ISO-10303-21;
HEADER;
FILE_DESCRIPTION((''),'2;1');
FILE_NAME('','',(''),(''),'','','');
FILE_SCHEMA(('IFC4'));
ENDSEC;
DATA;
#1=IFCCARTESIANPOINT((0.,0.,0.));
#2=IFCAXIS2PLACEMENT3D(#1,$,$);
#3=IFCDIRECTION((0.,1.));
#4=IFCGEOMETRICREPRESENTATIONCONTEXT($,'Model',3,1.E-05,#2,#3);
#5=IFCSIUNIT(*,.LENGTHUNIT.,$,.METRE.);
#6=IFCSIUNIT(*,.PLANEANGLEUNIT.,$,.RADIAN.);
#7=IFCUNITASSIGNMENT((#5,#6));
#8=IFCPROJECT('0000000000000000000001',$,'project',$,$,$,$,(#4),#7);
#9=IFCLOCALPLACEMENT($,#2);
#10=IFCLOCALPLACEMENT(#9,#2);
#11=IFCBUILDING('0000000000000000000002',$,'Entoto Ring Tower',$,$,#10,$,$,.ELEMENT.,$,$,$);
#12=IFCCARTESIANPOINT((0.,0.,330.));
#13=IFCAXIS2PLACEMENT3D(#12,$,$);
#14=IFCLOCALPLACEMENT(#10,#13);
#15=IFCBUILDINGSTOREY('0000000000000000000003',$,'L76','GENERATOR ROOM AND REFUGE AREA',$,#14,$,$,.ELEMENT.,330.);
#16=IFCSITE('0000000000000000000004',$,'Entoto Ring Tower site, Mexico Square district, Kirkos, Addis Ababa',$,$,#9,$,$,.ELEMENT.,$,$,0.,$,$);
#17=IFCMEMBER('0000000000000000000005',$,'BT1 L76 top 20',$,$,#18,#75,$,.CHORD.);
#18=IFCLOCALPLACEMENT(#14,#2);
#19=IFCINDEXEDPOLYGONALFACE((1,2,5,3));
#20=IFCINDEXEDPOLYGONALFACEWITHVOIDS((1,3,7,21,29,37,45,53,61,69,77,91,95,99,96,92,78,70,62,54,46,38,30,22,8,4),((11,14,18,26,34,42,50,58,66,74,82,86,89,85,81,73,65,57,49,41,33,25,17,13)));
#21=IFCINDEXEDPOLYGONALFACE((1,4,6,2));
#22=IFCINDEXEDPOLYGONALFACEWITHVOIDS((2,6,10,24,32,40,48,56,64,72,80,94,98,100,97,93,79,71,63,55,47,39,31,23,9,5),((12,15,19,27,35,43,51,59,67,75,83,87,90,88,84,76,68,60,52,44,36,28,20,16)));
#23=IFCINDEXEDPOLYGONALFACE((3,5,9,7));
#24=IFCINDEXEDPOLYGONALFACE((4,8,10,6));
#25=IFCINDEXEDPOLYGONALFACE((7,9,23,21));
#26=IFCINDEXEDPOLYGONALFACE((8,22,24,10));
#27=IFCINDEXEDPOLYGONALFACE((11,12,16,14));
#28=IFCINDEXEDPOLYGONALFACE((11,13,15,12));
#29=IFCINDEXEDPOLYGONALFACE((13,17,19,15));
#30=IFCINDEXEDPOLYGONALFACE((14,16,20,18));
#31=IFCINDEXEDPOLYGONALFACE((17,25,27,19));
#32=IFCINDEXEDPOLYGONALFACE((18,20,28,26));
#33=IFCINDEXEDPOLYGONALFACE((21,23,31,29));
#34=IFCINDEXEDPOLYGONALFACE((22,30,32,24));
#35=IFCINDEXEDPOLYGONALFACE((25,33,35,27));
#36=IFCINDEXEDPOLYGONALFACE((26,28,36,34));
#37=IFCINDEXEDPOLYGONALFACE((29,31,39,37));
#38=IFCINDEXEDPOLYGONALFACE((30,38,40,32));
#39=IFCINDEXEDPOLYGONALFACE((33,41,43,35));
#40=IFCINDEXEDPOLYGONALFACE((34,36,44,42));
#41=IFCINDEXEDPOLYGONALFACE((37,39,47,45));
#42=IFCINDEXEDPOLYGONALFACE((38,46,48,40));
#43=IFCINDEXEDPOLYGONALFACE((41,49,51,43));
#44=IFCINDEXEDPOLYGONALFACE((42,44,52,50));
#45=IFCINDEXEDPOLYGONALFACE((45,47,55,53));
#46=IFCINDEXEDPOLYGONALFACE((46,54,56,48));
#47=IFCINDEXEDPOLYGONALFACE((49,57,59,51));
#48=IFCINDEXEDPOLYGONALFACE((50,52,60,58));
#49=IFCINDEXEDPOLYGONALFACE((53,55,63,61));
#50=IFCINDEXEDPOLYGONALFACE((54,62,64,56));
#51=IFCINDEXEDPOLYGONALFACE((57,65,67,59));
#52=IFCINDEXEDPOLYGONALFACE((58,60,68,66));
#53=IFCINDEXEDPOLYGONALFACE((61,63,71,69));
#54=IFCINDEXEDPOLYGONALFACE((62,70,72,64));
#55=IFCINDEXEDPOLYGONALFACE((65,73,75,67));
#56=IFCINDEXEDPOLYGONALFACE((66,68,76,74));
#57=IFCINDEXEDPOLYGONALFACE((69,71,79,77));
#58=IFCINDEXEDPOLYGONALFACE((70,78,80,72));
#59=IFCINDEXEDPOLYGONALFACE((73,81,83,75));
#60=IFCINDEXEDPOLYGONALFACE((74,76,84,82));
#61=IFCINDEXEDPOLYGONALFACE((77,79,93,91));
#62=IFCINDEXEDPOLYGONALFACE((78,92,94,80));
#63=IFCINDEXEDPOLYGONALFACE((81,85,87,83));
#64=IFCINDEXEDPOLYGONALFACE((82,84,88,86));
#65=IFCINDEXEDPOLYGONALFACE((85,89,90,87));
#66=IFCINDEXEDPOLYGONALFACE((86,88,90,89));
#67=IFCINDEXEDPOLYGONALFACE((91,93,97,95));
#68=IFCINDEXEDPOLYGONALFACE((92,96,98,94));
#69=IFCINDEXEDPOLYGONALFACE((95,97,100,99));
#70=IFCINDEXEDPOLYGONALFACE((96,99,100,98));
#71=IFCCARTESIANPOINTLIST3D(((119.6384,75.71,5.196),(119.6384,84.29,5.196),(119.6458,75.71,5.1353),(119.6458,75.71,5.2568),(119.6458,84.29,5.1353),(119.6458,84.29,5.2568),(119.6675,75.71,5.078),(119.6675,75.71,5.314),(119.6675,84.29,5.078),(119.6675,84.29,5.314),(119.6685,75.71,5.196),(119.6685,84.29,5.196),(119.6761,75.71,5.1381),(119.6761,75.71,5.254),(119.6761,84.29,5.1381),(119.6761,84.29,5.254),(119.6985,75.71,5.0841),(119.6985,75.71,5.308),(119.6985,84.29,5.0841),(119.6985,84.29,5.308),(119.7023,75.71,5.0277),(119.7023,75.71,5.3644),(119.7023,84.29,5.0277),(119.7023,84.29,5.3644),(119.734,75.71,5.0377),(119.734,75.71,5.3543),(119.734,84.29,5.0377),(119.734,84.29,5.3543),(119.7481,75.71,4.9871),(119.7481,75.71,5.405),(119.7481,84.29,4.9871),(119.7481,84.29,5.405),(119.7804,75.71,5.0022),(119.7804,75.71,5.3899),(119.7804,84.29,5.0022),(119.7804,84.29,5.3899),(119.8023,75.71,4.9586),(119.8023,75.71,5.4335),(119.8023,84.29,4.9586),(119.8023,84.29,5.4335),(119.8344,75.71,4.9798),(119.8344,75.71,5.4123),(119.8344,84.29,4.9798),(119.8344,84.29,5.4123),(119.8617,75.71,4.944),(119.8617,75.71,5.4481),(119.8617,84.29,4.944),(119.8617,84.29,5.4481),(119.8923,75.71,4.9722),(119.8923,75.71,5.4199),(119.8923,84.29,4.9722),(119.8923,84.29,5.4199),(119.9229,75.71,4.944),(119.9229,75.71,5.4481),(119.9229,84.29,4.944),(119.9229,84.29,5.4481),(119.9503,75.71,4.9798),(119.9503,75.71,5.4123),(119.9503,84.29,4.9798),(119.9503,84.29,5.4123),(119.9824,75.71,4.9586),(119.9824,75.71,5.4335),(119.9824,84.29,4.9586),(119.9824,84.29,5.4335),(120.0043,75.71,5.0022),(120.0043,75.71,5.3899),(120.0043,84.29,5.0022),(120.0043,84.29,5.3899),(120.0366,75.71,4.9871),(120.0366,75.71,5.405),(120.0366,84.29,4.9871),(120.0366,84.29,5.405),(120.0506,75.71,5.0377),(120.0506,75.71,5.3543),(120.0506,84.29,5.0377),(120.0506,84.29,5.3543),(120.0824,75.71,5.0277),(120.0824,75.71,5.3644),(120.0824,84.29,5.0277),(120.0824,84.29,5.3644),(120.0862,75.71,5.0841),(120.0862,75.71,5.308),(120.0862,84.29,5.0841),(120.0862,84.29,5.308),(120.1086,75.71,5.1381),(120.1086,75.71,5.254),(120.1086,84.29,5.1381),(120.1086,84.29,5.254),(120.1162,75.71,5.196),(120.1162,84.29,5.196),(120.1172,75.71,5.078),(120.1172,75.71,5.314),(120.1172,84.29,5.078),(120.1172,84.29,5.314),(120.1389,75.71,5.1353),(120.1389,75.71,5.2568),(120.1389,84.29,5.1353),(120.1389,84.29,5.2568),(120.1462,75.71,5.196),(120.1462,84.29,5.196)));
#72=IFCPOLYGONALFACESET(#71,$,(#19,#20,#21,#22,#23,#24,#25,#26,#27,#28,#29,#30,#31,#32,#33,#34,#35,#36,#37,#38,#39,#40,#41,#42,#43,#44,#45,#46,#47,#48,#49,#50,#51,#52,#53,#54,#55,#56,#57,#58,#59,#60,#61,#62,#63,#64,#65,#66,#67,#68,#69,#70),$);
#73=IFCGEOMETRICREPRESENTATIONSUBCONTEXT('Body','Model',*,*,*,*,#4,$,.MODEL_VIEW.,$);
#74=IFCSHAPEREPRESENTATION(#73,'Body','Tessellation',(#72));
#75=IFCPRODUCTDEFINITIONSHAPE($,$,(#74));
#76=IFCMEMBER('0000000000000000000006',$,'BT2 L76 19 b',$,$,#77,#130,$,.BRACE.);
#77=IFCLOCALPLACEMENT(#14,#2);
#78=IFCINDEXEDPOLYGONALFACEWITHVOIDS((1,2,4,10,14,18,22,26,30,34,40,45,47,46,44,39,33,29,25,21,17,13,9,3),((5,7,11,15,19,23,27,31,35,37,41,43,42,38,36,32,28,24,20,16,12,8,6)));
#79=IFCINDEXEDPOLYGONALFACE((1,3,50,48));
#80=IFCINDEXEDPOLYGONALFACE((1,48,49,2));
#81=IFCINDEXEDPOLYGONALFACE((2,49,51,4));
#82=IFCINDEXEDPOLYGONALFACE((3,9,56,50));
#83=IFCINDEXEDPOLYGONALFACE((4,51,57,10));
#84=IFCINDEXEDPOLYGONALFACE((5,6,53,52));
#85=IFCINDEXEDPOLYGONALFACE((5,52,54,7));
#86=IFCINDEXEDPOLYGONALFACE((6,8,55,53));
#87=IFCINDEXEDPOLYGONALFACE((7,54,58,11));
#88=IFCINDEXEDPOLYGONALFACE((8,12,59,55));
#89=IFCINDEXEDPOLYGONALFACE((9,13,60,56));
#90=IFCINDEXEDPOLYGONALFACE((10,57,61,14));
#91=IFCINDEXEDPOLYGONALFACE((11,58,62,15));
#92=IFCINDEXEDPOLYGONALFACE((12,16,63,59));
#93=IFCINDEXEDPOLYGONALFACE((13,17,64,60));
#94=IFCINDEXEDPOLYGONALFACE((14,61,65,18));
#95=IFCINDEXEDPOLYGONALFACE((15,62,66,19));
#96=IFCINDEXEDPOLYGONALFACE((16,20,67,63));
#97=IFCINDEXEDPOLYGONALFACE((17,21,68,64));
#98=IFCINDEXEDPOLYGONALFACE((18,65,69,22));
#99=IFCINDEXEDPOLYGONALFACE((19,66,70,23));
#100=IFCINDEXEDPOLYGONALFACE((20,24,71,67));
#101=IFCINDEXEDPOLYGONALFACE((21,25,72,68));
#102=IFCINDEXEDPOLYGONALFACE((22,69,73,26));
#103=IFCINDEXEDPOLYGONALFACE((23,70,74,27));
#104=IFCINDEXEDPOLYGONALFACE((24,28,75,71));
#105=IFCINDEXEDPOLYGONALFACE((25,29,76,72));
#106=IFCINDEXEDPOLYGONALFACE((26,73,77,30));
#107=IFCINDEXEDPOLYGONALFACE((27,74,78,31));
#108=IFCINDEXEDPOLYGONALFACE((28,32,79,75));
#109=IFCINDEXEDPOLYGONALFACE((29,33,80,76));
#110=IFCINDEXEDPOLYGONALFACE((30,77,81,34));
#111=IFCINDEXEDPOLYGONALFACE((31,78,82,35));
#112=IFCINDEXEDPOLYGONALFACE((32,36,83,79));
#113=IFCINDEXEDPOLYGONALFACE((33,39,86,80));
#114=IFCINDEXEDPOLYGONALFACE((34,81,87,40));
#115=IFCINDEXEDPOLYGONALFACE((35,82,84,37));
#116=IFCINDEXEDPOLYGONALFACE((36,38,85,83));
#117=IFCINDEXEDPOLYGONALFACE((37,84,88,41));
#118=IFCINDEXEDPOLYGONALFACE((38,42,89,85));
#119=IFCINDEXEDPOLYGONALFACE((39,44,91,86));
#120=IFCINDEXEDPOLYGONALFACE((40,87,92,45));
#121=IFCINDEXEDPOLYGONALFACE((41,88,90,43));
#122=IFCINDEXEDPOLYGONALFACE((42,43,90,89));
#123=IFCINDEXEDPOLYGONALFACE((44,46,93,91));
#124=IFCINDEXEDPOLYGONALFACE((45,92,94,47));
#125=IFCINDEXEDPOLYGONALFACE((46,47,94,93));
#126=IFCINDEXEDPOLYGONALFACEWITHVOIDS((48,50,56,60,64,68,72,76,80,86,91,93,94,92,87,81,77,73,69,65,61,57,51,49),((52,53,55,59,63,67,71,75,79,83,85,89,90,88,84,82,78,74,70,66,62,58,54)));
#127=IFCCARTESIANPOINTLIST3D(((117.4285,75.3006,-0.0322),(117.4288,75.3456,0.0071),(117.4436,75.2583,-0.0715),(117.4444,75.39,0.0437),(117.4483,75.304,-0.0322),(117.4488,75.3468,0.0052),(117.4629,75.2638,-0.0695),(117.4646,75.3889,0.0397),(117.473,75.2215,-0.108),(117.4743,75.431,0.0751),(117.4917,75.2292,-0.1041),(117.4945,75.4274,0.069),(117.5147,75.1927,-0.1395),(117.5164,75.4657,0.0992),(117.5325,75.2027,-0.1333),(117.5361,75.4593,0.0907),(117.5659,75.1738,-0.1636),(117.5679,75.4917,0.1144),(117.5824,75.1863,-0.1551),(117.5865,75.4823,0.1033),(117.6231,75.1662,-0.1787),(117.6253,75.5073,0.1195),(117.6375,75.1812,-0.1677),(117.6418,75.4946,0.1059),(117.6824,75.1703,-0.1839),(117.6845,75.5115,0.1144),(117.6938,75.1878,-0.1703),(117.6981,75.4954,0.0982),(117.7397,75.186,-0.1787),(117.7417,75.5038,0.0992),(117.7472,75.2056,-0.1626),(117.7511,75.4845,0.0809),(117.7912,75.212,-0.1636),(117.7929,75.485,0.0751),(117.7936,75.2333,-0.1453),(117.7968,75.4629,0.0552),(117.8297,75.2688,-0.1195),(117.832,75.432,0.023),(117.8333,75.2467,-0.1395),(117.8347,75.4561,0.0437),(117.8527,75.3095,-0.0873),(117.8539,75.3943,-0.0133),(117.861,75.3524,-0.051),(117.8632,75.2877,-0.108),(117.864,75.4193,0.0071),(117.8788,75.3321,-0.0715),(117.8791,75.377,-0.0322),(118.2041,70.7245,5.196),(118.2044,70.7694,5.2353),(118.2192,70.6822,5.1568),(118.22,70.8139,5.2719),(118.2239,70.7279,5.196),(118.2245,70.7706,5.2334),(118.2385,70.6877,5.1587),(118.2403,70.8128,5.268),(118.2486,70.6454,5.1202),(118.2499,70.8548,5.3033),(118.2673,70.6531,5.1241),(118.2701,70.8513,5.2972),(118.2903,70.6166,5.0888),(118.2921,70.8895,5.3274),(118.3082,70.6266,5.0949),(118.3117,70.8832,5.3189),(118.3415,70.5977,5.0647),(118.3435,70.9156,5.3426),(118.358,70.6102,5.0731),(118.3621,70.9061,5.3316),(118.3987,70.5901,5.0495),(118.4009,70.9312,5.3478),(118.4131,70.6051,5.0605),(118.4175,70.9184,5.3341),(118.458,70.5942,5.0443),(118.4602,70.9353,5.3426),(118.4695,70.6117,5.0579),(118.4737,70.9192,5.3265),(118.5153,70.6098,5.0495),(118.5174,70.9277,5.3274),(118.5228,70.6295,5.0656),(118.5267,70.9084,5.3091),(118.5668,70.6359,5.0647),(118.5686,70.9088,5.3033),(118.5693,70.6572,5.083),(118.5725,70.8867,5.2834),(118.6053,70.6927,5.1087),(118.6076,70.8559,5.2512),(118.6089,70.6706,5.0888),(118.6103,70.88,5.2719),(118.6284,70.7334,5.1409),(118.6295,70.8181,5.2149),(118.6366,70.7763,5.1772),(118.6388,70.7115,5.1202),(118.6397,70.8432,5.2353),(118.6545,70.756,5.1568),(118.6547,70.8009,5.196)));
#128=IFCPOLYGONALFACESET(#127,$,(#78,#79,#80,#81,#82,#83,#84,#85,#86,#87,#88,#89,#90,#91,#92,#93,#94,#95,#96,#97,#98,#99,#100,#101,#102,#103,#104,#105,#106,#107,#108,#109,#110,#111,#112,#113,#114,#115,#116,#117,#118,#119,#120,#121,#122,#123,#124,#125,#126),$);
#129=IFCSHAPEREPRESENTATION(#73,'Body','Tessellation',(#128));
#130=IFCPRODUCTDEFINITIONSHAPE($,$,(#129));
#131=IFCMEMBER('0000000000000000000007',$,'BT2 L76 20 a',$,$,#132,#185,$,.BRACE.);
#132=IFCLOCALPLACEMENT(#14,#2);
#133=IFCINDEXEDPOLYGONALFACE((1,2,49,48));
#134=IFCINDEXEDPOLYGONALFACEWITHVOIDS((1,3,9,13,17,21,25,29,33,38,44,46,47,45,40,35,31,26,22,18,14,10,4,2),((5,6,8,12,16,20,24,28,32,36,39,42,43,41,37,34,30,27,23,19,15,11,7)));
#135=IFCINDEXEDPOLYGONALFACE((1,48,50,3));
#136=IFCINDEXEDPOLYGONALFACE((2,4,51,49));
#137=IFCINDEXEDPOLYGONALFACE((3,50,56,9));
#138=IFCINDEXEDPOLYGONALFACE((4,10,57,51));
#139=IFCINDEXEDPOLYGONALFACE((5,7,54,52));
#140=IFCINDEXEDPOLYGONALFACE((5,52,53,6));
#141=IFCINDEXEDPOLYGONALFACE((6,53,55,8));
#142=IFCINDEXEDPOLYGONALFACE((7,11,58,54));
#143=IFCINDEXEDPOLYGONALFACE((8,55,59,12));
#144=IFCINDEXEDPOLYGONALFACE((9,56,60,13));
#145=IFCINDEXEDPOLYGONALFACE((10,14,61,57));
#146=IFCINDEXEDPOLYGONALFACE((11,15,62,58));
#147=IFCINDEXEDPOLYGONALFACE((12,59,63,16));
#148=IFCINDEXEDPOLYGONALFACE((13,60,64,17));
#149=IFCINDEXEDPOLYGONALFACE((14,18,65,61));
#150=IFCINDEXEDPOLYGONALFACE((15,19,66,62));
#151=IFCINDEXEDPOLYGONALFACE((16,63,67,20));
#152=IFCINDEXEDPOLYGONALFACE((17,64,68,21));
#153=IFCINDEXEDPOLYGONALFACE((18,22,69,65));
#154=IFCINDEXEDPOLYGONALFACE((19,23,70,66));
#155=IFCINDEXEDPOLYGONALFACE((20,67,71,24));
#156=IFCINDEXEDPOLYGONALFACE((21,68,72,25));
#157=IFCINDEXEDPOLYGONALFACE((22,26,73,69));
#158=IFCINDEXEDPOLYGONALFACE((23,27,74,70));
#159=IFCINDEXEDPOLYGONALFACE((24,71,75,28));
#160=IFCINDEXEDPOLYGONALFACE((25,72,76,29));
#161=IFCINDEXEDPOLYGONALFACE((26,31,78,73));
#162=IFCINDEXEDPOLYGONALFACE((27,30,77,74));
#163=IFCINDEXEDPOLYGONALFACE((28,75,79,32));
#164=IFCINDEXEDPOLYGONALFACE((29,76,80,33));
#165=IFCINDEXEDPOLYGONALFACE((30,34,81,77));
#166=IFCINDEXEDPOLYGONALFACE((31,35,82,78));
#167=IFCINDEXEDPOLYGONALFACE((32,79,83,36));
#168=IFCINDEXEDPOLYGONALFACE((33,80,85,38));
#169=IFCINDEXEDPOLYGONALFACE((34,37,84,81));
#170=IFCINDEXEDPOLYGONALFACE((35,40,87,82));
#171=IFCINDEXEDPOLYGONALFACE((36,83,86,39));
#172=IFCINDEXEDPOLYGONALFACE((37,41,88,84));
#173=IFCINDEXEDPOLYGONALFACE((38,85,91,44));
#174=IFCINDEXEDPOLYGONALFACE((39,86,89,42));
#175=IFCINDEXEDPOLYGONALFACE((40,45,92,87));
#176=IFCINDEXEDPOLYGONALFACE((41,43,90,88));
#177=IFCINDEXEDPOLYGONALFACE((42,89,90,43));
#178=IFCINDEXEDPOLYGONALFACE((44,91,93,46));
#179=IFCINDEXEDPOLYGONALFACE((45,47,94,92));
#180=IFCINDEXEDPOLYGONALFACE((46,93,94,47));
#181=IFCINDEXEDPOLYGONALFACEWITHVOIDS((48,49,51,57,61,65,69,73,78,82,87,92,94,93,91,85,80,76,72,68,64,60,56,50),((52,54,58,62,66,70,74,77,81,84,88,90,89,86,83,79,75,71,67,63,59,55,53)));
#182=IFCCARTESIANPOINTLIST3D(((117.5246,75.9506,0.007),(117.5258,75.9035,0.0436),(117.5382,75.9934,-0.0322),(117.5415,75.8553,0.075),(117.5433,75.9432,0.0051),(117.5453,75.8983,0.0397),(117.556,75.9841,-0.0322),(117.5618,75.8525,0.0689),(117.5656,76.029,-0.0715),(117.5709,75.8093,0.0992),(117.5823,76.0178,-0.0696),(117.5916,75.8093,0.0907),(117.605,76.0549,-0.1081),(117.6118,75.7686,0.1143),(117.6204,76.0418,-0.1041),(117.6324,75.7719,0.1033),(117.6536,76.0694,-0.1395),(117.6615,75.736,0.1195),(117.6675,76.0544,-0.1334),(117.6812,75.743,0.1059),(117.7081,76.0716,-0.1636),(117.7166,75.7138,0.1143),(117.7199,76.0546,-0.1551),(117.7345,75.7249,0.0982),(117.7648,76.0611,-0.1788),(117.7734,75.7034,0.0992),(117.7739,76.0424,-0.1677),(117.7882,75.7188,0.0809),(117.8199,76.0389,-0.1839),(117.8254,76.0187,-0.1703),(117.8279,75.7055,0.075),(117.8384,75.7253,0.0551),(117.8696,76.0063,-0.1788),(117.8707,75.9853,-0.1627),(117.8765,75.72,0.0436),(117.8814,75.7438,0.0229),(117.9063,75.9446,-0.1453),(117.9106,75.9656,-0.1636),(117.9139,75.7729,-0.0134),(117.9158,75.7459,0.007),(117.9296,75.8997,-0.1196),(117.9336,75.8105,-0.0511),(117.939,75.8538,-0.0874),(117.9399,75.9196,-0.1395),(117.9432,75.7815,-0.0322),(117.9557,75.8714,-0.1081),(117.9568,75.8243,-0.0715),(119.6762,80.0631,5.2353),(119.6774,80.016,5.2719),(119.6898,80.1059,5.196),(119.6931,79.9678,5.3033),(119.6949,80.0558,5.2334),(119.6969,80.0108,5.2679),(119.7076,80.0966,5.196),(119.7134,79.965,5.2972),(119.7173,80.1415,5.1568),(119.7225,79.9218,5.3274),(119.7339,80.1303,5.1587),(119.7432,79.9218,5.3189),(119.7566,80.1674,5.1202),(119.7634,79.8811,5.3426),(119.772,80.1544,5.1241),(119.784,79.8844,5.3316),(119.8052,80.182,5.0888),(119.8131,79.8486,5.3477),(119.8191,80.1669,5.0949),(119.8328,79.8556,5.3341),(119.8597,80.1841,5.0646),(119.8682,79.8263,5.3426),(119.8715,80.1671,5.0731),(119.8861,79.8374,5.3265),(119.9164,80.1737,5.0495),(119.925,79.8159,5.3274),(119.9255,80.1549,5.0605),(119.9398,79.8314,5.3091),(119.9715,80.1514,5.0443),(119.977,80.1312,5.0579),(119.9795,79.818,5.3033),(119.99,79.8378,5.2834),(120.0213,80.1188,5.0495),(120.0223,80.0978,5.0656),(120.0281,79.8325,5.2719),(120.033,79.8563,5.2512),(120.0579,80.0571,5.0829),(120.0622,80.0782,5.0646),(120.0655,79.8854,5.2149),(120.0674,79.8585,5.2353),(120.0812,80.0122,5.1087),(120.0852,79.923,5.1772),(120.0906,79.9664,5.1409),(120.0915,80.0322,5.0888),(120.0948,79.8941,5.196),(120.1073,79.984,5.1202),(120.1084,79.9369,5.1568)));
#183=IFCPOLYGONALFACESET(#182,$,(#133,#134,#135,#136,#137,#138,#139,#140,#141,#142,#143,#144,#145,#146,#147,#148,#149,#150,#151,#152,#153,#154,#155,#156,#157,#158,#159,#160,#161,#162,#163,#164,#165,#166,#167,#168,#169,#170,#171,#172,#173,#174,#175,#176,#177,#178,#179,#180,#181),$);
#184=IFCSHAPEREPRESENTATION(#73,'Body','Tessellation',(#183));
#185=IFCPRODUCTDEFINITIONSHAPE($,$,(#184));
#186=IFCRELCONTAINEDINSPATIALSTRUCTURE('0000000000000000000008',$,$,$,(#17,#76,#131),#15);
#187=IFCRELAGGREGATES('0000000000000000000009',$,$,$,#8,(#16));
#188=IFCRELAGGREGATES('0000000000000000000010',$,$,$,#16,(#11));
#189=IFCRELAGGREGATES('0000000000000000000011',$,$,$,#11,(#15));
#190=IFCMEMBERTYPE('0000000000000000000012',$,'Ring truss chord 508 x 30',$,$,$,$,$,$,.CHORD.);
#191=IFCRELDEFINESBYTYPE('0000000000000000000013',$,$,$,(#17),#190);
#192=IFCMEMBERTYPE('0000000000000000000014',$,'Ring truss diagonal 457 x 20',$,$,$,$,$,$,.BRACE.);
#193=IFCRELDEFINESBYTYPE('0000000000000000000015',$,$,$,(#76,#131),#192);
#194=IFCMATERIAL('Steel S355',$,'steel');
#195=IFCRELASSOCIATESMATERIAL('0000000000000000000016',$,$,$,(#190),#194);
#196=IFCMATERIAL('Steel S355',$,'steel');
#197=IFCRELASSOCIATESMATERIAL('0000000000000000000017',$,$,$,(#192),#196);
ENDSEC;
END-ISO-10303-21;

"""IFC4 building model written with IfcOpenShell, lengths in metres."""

from ifc_helpers import new_model, si_unit, direction, frame, origin, origin_2d, place, context, subcontext, project, spatial, circle, hollow_circle, extrude, material, material_profile, profile_set, type_object, element, save


model = new_model("IFC4")

# Units and contexts
model_context = context("Model", 3, precision=1e-05, world=origin(), true_north=direction((0.0, 1.0)))
body_context = subcontext(model_context, "Body", "Model", "MODEL_VIEW")
ifc_project = project(units=[si_unit("LENGTHUNIT", "METRE"), si_unit("PLANEANGLEUNIT", "RADIAN")], contexts=[model_context])

# Site, building, storey
site_placement = place(None, origin())
site = spatial("IfcSite", under=ifc_project, at=site_placement, Name="Entoto Ring Tower site, Mexico Square district, Kirkos, Addis Ababa", CompositionType="ELEMENT", RefElevation=0.0)
building_placement = place(site_placement, origin())
building = spatial("IfcBuilding", under=site, at=building_placement, Name="Entoto Ring Tower", CompositionType="ELEMENT")
storey_placement = place(building_placement, frame((0.0, 0.0, 330.0)))
storey = spatial("IfcBuildingStorey", under=building, at=storey_placement, Name="L76", Description="GENERATOR ROOM AND REFUGE AREA", CompositionType="ELEMENT", Elevation=330.0)

# Members
ifc_material_1 = material(Name="Steel S355", Category="steel")
ifc_material_profile_1 = material_profile(ifc_material_1, hollow_circle(Radius=0.2539, WallThickness=0.03, at=origin_2d()), Name="CHS 508 x 30")
ifc_material_2 = material(Name="Concrete C60/75", Category="concrete")
ifc_material_profile_2 = material_profile(ifc_material_2, circle(Radius=0.2241, at=origin_2d()), Name="Concrete C60/75 infill")
ifc_profile_set_1 = profile_set([ifc_material_profile_1, ifc_material_profile_2], Name="Steel S355")
member_type_1 = type_object("IfcMemberType", Name="Ring truss chord 508 x 30", PredefinedType="CHORD", material=ifc_profile_set_1)
member_1_placement = place(storey_placement, frame((119.8923, 75.71, 5.196), z_axis=(0.0, 1.0, 0.0), x_axis=(-1.0, 0.0, 0.0)))
element("IfcMember", 1, at=member_1_placement, inside=storey, type_object=member_type_1, Name="BT1 L76 top 20", PredefinedType="CHORD", context=body_context, shape_type="SweptSolid", body=[
    extrude(hollow_circle(Radius=0.2539, WallThickness=0.03, at=origin_2d()), origin(), (0.0, 0.0, 1.0), 8.5801),
])
ifc_material_3 = material(Name="Steel S355", Category="steel")
ifc_material_profile_3 = material_profile(ifc_material_3, hollow_circle(Radius=0.2285, WallThickness=0.02, at=origin_2d()), Name="CHS 457 x 20")
ifc_material_4 = material(Name="Concrete C60/75", Category="concrete")
ifc_material_profile_4 = material_profile(ifc_material_4, circle(Radius=0.2085, at=origin_2d()), Name="Concrete C60/75 infill")
ifc_profile_set_2 = profile_set([ifc_material_profile_3, ifc_material_profile_4], Name="Steel S355")
member_type_2 = type_object("IfcMemberType", Name="Ring truss diagonal 457 x 20", PredefinedType="BRACE", material=ifc_profile_set_2)
for number, where, z_axis, x_axis, name in (
    (2, (118.4294, 70.7627, 5.196), (-0.110943, 0.654556, -0.747829), (-0.985938, -0.167111, 0.0), "BT2 L76 19 b"),
    (3, (117.7407, 75.8875, -0.0322), (0.307759, 0.588244, 0.747833), (-0.88606, 0.463571, 0.0), "BT2 L76 20 a"),
):
    element("IfcMember", number, at=place(storey_placement, frame(where, z_axis=z_axis, x_axis=x_axis)), inside=storey, type_object=member_type_2, Name=name, PredefinedType="BRACE", context=body_context, shape_type="SweptSolid", body=[
        extrude(hollow_circle(Radius=0.2285, WallThickness=0.02, at=origin_2d()), origin(), (0.0, 0.0, 1.0), 6.9912),
    ])

save(model, "model.ifc")
